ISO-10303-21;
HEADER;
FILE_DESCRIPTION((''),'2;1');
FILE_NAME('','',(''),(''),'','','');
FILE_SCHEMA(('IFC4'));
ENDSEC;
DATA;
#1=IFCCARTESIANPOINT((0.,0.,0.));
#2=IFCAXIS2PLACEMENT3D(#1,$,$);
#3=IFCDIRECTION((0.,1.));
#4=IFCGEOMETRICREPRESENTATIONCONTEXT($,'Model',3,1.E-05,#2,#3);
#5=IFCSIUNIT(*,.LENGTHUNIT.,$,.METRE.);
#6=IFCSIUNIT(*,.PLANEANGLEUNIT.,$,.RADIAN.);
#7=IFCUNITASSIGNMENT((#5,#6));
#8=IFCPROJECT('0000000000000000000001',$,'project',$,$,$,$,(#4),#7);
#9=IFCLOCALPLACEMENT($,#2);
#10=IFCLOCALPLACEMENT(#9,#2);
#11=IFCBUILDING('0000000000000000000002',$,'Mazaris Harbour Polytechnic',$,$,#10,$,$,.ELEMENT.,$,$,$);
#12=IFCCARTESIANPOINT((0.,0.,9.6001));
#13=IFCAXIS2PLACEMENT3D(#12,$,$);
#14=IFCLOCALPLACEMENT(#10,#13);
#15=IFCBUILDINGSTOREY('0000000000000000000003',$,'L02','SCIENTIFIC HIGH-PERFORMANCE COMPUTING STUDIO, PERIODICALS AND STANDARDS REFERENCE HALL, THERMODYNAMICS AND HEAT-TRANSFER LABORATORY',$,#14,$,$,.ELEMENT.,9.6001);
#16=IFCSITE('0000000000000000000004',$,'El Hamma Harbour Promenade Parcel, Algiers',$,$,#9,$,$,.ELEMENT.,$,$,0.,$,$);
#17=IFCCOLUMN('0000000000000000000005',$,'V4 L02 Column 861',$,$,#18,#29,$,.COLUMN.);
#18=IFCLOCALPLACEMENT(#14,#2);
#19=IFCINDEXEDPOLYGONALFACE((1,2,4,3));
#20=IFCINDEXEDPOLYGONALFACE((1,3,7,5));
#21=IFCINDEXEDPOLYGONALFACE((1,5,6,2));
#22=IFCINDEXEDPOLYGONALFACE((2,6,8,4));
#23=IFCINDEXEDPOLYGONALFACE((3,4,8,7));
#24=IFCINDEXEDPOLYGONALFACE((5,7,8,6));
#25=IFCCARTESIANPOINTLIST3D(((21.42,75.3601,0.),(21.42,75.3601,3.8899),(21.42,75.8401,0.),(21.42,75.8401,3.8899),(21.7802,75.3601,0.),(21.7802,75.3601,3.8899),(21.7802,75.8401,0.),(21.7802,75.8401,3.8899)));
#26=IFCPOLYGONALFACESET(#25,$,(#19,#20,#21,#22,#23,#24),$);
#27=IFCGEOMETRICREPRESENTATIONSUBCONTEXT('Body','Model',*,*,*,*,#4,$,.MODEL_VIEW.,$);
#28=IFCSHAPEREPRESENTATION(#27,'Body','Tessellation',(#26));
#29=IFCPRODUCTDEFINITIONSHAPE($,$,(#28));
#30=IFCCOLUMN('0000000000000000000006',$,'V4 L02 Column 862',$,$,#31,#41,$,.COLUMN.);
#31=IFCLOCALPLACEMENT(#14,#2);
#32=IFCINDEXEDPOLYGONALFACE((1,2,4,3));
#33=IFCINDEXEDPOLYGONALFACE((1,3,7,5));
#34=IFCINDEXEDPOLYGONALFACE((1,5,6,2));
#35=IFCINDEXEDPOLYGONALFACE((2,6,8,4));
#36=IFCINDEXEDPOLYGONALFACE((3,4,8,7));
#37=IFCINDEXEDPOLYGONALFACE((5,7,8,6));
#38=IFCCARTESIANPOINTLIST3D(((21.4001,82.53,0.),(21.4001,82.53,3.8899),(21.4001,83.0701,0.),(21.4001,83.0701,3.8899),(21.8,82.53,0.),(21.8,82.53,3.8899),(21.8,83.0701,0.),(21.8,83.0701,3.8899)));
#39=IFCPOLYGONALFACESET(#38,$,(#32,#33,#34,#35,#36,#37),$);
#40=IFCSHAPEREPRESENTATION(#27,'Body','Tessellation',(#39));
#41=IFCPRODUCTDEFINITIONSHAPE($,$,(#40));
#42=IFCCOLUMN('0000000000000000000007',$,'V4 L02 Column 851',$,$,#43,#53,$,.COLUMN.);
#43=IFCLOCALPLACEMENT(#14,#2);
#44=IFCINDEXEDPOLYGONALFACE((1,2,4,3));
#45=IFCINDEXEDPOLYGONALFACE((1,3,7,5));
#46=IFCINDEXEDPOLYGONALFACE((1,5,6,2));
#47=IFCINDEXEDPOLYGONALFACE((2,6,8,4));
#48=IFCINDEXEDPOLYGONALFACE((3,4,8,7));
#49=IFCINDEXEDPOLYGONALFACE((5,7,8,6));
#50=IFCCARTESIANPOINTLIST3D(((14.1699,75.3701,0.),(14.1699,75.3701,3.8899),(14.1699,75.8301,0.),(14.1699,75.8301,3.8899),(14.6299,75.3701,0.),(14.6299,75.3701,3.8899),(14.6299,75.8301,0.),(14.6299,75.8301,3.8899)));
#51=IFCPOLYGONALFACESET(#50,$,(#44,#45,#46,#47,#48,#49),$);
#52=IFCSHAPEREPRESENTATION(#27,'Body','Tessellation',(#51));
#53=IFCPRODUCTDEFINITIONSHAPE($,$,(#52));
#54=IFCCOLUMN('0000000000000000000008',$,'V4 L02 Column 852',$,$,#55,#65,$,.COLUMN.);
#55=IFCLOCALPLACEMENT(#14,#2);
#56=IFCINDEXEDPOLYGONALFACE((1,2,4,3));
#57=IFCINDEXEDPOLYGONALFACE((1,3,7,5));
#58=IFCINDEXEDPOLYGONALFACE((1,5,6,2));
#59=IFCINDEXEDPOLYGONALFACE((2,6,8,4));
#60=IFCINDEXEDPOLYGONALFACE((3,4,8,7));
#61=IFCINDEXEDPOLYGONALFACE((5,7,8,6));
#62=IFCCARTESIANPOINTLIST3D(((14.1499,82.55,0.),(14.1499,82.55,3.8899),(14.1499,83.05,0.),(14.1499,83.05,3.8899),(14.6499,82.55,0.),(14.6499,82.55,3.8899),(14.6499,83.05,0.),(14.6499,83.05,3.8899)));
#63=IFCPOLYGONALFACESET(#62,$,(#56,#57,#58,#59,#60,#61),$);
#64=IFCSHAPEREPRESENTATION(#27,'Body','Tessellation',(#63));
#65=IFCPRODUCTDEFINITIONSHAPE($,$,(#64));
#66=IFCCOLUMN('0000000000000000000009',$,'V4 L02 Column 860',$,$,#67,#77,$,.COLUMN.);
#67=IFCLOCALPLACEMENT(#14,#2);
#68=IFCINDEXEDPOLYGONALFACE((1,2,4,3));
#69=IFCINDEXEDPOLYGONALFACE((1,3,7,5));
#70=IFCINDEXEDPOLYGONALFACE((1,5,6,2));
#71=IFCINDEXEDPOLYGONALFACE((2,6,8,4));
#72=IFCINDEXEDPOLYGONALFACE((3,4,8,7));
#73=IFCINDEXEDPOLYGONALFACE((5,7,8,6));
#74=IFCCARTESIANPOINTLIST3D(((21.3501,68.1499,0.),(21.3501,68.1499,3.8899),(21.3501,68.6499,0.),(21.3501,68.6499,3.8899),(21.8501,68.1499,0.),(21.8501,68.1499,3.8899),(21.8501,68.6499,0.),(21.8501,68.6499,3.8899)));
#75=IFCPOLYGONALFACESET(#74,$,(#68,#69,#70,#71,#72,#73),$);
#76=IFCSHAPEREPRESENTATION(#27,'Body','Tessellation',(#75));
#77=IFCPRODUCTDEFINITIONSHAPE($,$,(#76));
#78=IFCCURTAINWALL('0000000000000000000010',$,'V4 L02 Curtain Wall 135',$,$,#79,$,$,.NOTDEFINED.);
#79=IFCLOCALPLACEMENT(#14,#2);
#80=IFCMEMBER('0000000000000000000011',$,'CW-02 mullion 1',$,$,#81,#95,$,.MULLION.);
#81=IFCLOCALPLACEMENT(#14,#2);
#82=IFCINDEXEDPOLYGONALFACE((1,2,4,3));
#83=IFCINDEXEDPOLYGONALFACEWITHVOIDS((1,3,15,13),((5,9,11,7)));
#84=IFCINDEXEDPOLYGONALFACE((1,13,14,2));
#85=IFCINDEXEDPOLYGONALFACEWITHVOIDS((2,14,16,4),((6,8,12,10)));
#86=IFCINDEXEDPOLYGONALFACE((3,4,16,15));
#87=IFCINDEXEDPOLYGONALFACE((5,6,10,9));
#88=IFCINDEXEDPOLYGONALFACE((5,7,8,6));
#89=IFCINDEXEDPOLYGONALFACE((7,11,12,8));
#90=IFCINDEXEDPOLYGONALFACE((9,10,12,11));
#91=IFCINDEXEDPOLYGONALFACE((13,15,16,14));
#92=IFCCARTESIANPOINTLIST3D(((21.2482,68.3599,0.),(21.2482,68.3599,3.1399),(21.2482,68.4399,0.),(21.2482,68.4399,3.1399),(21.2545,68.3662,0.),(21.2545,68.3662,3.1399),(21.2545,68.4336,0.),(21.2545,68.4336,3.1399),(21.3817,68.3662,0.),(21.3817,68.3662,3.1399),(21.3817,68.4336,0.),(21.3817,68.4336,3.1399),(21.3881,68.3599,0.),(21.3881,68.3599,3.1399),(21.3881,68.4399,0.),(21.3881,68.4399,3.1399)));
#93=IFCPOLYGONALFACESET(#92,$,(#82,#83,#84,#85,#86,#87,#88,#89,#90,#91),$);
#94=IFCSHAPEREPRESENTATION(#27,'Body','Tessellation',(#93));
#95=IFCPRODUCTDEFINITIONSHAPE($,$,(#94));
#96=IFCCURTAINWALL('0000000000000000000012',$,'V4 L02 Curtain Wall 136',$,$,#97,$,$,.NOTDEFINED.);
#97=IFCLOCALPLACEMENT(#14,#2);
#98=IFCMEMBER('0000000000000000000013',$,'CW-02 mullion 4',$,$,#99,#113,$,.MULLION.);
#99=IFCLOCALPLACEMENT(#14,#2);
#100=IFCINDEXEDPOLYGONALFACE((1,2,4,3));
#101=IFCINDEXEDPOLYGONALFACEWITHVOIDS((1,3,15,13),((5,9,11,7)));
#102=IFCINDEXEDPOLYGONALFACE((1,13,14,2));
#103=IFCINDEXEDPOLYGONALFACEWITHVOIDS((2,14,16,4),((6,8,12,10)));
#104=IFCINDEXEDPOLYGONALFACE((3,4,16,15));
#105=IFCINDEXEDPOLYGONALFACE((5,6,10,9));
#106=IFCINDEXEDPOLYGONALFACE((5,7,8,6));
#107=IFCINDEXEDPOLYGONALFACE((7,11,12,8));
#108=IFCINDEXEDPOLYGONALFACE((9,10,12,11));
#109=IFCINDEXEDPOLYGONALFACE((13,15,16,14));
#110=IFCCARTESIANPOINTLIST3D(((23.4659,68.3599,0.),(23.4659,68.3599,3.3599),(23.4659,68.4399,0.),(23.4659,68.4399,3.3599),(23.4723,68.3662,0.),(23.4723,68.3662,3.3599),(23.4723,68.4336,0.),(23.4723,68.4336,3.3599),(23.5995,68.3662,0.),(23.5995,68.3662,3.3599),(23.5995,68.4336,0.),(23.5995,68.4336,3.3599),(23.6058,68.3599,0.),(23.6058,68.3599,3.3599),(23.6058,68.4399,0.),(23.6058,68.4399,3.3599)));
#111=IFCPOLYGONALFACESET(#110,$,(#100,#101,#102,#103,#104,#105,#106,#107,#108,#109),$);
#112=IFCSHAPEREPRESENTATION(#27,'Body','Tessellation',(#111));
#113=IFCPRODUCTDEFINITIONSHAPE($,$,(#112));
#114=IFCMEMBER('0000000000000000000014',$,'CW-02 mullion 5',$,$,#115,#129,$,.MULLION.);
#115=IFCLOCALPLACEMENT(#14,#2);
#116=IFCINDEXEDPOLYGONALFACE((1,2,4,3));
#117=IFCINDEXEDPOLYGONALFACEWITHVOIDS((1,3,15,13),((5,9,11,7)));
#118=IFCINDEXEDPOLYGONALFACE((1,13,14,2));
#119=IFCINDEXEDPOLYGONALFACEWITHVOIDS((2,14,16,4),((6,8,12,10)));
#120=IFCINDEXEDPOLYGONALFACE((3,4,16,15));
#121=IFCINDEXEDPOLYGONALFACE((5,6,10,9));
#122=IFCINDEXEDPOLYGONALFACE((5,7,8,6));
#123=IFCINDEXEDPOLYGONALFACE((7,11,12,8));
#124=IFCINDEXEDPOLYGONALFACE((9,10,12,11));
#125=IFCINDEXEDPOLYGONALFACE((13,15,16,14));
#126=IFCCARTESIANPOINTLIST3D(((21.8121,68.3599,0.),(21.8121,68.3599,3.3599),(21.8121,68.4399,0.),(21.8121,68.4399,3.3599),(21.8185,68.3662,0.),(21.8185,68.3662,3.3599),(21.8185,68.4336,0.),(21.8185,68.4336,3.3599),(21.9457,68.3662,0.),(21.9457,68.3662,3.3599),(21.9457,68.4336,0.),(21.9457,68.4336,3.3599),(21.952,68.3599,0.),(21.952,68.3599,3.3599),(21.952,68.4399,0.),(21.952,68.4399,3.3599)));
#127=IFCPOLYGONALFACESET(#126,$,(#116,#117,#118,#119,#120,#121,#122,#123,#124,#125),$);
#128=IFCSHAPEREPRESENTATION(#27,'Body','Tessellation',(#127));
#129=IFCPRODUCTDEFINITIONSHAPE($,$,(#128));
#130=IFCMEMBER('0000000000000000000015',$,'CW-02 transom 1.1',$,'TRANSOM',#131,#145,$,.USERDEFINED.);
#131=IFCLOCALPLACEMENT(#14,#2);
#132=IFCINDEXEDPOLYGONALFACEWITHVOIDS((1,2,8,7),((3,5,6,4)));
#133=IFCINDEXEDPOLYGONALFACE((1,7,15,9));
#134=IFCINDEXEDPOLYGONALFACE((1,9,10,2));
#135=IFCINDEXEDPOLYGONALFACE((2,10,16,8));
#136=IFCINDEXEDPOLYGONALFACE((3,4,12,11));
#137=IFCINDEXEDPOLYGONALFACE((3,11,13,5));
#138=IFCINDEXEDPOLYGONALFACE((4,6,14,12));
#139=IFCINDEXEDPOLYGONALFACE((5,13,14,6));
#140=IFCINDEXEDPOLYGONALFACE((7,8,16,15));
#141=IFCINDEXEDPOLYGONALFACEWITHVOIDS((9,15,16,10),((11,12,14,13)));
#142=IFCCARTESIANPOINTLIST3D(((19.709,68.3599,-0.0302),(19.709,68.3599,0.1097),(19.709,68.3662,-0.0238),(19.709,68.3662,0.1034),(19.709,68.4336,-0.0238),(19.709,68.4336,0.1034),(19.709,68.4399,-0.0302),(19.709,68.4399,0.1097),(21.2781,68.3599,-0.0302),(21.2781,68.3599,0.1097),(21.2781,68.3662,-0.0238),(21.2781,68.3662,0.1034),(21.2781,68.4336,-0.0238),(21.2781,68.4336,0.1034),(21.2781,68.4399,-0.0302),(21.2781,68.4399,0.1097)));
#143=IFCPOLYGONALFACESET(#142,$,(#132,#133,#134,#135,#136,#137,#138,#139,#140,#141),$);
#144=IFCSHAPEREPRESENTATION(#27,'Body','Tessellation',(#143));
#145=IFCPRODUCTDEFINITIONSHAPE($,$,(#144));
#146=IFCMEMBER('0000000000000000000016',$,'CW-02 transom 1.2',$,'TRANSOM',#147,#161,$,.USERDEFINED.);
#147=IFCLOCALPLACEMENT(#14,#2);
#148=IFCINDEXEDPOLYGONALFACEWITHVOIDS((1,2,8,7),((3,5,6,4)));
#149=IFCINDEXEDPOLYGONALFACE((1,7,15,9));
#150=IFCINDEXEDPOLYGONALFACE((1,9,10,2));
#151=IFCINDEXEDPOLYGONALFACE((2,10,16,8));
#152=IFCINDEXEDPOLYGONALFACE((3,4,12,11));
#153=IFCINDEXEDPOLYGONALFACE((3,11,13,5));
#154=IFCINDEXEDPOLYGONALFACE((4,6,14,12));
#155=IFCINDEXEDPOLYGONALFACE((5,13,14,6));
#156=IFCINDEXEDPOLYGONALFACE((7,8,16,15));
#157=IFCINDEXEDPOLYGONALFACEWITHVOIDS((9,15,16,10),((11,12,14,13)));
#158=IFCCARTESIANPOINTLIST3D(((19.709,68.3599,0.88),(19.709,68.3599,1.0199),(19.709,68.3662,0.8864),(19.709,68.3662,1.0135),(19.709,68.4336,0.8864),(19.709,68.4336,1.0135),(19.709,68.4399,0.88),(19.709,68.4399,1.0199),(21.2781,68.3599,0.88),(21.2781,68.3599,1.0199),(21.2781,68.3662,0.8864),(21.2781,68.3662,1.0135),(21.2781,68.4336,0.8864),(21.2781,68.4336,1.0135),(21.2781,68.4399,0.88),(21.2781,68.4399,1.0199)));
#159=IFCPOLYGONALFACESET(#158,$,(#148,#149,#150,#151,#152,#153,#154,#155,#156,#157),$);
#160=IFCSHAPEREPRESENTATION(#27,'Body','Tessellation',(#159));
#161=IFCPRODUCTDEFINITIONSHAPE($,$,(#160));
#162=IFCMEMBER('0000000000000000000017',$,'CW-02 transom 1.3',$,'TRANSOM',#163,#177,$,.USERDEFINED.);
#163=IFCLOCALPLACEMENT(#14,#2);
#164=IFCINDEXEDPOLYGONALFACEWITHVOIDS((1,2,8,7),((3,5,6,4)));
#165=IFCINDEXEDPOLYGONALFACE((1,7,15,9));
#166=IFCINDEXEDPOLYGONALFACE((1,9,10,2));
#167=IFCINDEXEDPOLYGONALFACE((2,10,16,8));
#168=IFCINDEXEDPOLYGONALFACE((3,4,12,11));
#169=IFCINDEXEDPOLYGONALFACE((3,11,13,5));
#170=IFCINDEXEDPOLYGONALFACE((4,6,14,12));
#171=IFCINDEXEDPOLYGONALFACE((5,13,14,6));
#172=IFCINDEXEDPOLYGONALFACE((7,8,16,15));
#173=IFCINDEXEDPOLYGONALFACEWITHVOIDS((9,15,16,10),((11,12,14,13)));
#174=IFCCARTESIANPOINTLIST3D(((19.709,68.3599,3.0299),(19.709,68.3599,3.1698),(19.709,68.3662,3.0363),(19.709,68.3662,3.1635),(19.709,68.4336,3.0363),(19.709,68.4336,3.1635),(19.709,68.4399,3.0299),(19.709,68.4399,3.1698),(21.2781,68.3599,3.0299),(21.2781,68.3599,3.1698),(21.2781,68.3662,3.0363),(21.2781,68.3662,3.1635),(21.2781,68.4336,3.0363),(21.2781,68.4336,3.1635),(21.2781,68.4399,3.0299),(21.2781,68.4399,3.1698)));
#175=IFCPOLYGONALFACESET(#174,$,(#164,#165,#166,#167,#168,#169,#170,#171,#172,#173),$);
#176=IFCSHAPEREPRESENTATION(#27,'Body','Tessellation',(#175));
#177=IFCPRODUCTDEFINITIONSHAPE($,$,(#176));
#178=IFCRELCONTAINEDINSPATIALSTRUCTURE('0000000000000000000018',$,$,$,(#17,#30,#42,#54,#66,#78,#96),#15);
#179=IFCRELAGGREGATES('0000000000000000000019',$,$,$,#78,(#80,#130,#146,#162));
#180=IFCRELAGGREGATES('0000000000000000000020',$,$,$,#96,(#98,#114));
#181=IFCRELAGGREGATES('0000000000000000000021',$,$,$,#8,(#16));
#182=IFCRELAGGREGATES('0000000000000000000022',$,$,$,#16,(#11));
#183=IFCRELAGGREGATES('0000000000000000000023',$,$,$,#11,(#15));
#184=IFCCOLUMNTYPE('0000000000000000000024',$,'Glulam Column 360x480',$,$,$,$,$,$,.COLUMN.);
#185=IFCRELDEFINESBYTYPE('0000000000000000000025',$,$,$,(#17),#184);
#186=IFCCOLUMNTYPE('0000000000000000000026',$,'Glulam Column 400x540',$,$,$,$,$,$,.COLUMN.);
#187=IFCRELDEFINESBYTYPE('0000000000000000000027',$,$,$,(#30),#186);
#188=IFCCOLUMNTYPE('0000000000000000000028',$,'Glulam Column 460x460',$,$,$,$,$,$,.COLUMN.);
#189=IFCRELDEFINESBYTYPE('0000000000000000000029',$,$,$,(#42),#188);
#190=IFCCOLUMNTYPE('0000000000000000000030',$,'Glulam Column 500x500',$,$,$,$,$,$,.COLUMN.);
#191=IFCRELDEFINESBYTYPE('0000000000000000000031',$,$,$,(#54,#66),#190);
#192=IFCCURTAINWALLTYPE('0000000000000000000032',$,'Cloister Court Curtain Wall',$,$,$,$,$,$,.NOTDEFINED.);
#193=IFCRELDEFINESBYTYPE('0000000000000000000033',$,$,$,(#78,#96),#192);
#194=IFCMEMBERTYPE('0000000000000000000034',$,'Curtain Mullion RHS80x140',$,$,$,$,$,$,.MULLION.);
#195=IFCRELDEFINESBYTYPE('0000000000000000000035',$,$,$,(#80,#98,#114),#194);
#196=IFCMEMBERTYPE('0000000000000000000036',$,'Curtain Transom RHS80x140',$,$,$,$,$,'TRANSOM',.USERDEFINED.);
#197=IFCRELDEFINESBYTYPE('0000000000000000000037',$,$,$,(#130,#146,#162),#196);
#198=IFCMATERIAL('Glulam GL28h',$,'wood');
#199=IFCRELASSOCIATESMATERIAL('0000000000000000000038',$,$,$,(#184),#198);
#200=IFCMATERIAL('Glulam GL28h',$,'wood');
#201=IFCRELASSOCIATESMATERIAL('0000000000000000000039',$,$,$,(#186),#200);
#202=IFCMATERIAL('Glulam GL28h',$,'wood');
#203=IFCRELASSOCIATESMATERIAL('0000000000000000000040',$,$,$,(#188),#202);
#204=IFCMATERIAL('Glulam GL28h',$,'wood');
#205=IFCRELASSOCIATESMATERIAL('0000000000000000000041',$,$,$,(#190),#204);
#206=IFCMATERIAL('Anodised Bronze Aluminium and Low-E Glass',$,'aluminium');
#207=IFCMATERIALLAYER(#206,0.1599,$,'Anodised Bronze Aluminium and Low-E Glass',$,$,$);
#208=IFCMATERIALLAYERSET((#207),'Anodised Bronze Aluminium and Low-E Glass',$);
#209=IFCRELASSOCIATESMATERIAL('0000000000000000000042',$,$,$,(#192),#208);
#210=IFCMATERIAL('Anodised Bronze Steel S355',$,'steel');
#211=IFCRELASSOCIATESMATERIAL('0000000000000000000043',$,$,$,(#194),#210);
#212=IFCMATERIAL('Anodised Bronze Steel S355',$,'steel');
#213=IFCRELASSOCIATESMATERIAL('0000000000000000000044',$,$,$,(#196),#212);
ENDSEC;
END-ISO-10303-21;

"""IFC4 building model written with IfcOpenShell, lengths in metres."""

from ifc_helpers import new_model, si_unit, direction, frame, origin, origin_2d, place, context, subcontext, project, spatial, rectangle, hollow_rectangle, extrude, material, layer, layer_set, material_profile, profile_set, type_object, element, aggregate, save


model = new_model("IFC4")

# Units and contexts
model_context = context("Model", 3, precision=1e-05, world=origin(), true_north=direction((0.0, 1.0)))
body_context = subcontext(model_context, "Body", "Model", "MODEL_VIEW")
ifc_project = project(units=[si_unit("LENGTHUNIT", "METRE"), si_unit("PLANEANGLEUNIT", "RADIAN")], contexts=[model_context])

# Site, building, storey
site_placement = place(None, origin())
site = spatial("IfcSite", under=ifc_project, at=site_placement, Name="El Hamma Harbour Promenade Parcel, Algiers", CompositionType="ELEMENT", RefElevation=0.0)
building_placement = place(site_placement, origin())
building = spatial("IfcBuilding", under=site, at=building_placement, Name="Mazaris Harbour Polytechnic", CompositionType="ELEMENT")
storey_placement = place(building_placement, frame((0.0, 0.0, 9.6001)))
storey = spatial("IfcBuildingStorey", under=building, at=storey_placement, Name="L02", Description="SCIENTIFIC HIGH-PERFORMANCE COMPUTING STUDIO, PERIODICALS AND STANDARDS REFERENCE HALL, THERMODYNAMICS AND HEAT-TRANSFER LABORATORY", CompositionType="ELEMENT", Elevation=9.6001)

# Columns
ifc_material_1 = material(Name="Glulam GL28h", Category="wood")
ifc_material_profile_1 = material_profile(ifc_material_1, rectangle(XDim=0.3601, YDim=0.48, at=origin_2d()), Name="RECT360x480")
ifc_profile_set_1 = profile_set([ifc_material_profile_1], Name="Glulam GL28h")
column_type_1 = type_object("IfcColumnType", Name="Glulam Column 360x480", PredefinedType="COLUMN", material=ifc_profile_set_1)
column_1_placement = place(storey_placement, frame((21.6001, 75.6001, 0.0), z_axis=(0.0, 0.0, 1.0), x_axis=(1.0, 0.0, 0.0)))
element("IfcColumn", 1, at=column_1_placement, inside=storey, type_object=column_type_1, Name="V4 L02 Column 861", PredefinedType="COLUMN", context=body_context, shape_type="SweptSolid", body=[
    extrude(rectangle(XDim=0.3601, YDim=0.48, at=origin_2d()), origin(), (0.0, 0.0, 1.0), 3.8899),
])
ifc_material_2 = material(Name="Glulam GL28h", Category="wood")
ifc_material_profile_2 = material_profile(ifc_material_2, rectangle(XDim=0.3999, YDim=0.54, at=origin_2d()), Name="RECT400x540")
ifc_profile_set_2 = profile_set([ifc_material_profile_2], Name="Glulam GL28h")
column_type_2 = type_object("IfcColumnType", Name="Glulam Column 400x540", PredefinedType="COLUMN", material=ifc_profile_set_2)
column_2_placement = place(storey_placement, frame((21.6001, 82.8, 0.0), z_axis=(0.0, 0.0, 1.0), x_axis=(1.0, 0.0, 0.0)))
element("IfcColumn", 2, at=column_2_placement, inside=storey, type_object=column_type_2, Name="V4 L02 Column 862", PredefinedType="COLUMN", context=body_context, shape_type="SweptSolid", body=[
    extrude(rectangle(XDim=0.3999, YDim=0.54, at=origin_2d()), origin(), (0.0, 0.0, 1.0), 3.8899),
])
ifc_material_3 = material(Name="Glulam GL28h", Category="wood")
ifc_material_profile_3 = material_profile(ifc_material_3, rectangle(XDim=0.46, YDim=0.46, at=origin_2d()), Name="RECT460x460")
ifc_profile_set_3 = profile_set([ifc_material_profile_3], Name="Glulam GL28h")
column_type_3 = type_object("IfcColumnType", Name="Glulam Column 460x460", PredefinedType="COLUMN", material=ifc_profile_set_3)
column_3_placement = place(storey_placement, frame((14.3999, 75.6001, 0.0), z_axis=(0.0, 0.0, 1.0), x_axis=(1.0, 0.0, 0.0)))
element("IfcColumn", 3, at=column_3_placement, inside=storey, type_object=column_type_3, Name="V4 L02 Column 851", PredefinedType="COLUMN", context=body_context, shape_type="SweptSolid", body=[
    extrude(rectangle(XDim=0.46, YDim=0.46, at=origin_2d()), origin(), (0.0, 0.0, 1.0), 3.8899),
])
ifc_material_4 = material(Name="Glulam GL28h", Category="wood")
ifc_material_profile_4 = material_profile(ifc_material_4, rectangle(XDim=0.5, YDim=0.5, at=origin_2d()), Name="RECT500x500")
ifc_profile_set_4 = profile_set([ifc_material_profile_4], Name="Glulam GL28h")
column_type_4 = type_object("IfcColumnType", Name="Glulam Column 500x500", PredefinedType="COLUMN", material=ifc_profile_set_4)
for number, where, z_axis, x_axis, name in (
    (4, (14.3999, 82.8, 0.0), (0.0, 0.0, 1.0), (1.0, 0.0, 0.0), "V4 L02 Column 852"),
    (5, (21.6001, 68.3999, 0.0), (0.0, 0.0, 1.0), (1.0, 0.0, 0.0), "V4 L02 Column 860"),
):
    element("IfcColumn", number, at=place(storey_placement, frame(where, z_axis=z_axis, x_axis=x_axis)), inside=storey, type_object=column_type_4, Name=name, PredefinedType="COLUMN", context=body_context, shape_type="SweptSolid", body=[
        extrude(rectangle(XDim=0.5, YDim=0.5, at=origin_2d()), origin(), (0.0, 0.0, 1.0), 3.8899),
    ])

# Curtain wall, member
ifc_material_5 = material(Name="Anodised Bronze Aluminium and Low-E Glass", Category="aluminium")
ifc_layer_1 = layer(ifc_material_5, 0.1599, Name="Anodised Bronze Aluminium and Low-E Glass")
ifc_layer_set_1 = layer_set([ifc_layer_1], Name="Anodised Bronze Aluminium and Low-E Glass")
curtain_wall_type = type_object("IfcCurtainWallType", Name="Cloister Court Curtain Wall", PredefinedType="NOTDEFINED", material=ifc_layer_set_1)
curtain_wall_1_placement = place(storey_placement, origin())
curtain_wall_1 = element("IfcCurtainWall", 6, at=curtain_wall_1_placement, inside=storey, type_object=curtain_wall_type, Name="V4 L02 Curtain Wall 135", PredefinedType="NOTDEFINED")
ifc_material_6 = material(Name="Anodised Bronze Steel S355", Category="steel")
ifc_material_profile_5 = material_profile(ifc_material_6, hollow_rectangle(XDim=0.0801, YDim=0.1399, WallThickness=0.0063, at=origin_2d()), Name="RHS 80x140x6.3")
ifc_profile_set_5 = profile_set([ifc_material_profile_5], Name="Anodised Bronze Steel S355")
member_type_1 = type_object("IfcMemberType", Name="Curtain Mullion RHS80x140", PredefinedType="MULLION", material=ifc_profile_set_5)
member_1_placement = place(storey_placement, frame((21.3181, 68.3999, 0.0), z_axis=(0.0, 0.0, 1.0), x_axis=(0.0, -1.0, 0.0)))
member_1 = element("IfcMember", 7, at=member_1_placement, type_object=member_type_1, Name="CW-02 mullion 1", PredefinedType="MULLION", context=body_context, shape_type="SweptSolid", body=[
    extrude(hollow_rectangle(XDim=0.0801, YDim=0.1399, WallThickness=0.0063, at=origin_2d()), origin(), (0.0, 0.0, 1.0), 3.1399),
])

# Curtain wall, members
curtain_wall_2_placement = place(storey_placement, origin())
curtain_wall_2 = element("IfcCurtainWall", 8, at=curtain_wall_2_placement, inside=storey, type_object=curtain_wall_type, Name="V4 L02 Curtain Wall 136", PredefinedType="NOTDEFINED")
member_2_placement = place(storey_placement, frame((23.5359, 68.3999, 0.0), z_axis=(0.0, 0.0, 1.0), x_axis=(0.0, -1.0, 0.0)))
member_2 = element("IfcMember", 9, at=member_2_placement, type_object=member_type_1, Name="CW-02 mullion 4", PredefinedType="MULLION", context=body_context, shape_type="SweptSolid", body=[
    extrude(hollow_rectangle(XDim=0.0801, YDim=0.1399, WallThickness=0.0063, at=origin_2d()), origin(), (0.0, 0.0, 1.0), 3.3599),
])
member_3_placement = place(storey_placement, frame((21.8821, 68.3999, 0.0), z_axis=(0.0, 0.0, 1.0), x_axis=(0.0, -1.0, 0.0)))
member_3 = element("IfcMember", 10, at=member_3_placement, type_object=member_type_1, Name="CW-02 mullion 5", PredefinedType="MULLION", context=body_context, shape_type="SweptSolid", body=[
    extrude(hollow_rectangle(XDim=0.0801, YDim=0.1399, WallThickness=0.0063, at=origin_2d()), origin(), (0.0, 0.0, 1.0), 3.3599),
])

# Members
ifc_material_7 = material(Name="Anodised Bronze Steel S355", Category="steel")
ifc_material_profile_6 = material_profile(ifc_material_7, hollow_rectangle(XDim=0.0801, YDim=0.1399, WallThickness=0.0063, at=origin_2d()), Name="RHS 80x140x6.3")
ifc_profile_set_6 = profile_set([ifc_material_profile_6], Name="Anodised Bronze Steel S355")
member_type_2 = type_object("IfcMemberType", Name="Curtain Transom RHS80x140", ElementType="TRANSOM", PredefinedType="USERDEFINED", material=ifc_profile_set_6)
member_4_placement = place(storey_placement, frame((21.2781, 68.3999, 0.0398), z_axis=(-1.0, 0.0, 0.0), x_axis=(0.0, -1.0, 0.0)))
member_4 = element("IfcMember", 11, at=member_4_placement, type_object=member_type_2, Name="CW-02 transom 1.1", ObjectType="TRANSOM", PredefinedType="USERDEFINED", context=body_context, shape_type="SweptSolid", body=[
    extrude(hollow_rectangle(XDim=0.0801, YDim=0.1399, WallThickness=0.0063, at=origin_2d()), origin(), (0.0, 0.0, 1.0), 1.5691),
])
member_5_placement = place(storey_placement, frame((21.2781, 68.3999, 0.95), z_axis=(-1.0, 0.0, 0.0), x_axis=(0.0, -1.0, 0.0)))
member_5 = element("IfcMember", 12, at=member_5_placement, type_object=member_type_2, Name="CW-02 transom 1.2", ObjectType="TRANSOM", PredefinedType="USERDEFINED", context=body_context, shape_type="SweptSolid", body=[
    extrude(hollow_rectangle(XDim=0.0801, YDim=0.1399, WallThickness=0.0063, at=origin_2d()), origin(), (0.0, 0.0, 1.0), 1.5691),
])
member_6_placement = place(storey_placement, frame((21.2781, 68.3999, 3.0999), z_axis=(-1.0, 0.0, 0.0), x_axis=(0.0, -1.0, 0.0)))
member_6 = element("IfcMember", 13, at=member_6_placement, type_object=member_type_2, Name="CW-02 transom 1.3", ObjectType="TRANSOM", PredefinedType="USERDEFINED", context=body_context, shape_type="SweptSolid", body=[
    extrude(hollow_rectangle(XDim=0.0801, YDim=0.1399, WallThickness=0.0063, at=origin_2d()), origin(), (0.0, 0.0, 1.0), 1.5691),
])

aggregate(curtain_wall_1, [member_1, member_4, member_5, member_6])
aggregate(curtain_wall_2, [member_2, member_3])

save(model, "model.ifc")
